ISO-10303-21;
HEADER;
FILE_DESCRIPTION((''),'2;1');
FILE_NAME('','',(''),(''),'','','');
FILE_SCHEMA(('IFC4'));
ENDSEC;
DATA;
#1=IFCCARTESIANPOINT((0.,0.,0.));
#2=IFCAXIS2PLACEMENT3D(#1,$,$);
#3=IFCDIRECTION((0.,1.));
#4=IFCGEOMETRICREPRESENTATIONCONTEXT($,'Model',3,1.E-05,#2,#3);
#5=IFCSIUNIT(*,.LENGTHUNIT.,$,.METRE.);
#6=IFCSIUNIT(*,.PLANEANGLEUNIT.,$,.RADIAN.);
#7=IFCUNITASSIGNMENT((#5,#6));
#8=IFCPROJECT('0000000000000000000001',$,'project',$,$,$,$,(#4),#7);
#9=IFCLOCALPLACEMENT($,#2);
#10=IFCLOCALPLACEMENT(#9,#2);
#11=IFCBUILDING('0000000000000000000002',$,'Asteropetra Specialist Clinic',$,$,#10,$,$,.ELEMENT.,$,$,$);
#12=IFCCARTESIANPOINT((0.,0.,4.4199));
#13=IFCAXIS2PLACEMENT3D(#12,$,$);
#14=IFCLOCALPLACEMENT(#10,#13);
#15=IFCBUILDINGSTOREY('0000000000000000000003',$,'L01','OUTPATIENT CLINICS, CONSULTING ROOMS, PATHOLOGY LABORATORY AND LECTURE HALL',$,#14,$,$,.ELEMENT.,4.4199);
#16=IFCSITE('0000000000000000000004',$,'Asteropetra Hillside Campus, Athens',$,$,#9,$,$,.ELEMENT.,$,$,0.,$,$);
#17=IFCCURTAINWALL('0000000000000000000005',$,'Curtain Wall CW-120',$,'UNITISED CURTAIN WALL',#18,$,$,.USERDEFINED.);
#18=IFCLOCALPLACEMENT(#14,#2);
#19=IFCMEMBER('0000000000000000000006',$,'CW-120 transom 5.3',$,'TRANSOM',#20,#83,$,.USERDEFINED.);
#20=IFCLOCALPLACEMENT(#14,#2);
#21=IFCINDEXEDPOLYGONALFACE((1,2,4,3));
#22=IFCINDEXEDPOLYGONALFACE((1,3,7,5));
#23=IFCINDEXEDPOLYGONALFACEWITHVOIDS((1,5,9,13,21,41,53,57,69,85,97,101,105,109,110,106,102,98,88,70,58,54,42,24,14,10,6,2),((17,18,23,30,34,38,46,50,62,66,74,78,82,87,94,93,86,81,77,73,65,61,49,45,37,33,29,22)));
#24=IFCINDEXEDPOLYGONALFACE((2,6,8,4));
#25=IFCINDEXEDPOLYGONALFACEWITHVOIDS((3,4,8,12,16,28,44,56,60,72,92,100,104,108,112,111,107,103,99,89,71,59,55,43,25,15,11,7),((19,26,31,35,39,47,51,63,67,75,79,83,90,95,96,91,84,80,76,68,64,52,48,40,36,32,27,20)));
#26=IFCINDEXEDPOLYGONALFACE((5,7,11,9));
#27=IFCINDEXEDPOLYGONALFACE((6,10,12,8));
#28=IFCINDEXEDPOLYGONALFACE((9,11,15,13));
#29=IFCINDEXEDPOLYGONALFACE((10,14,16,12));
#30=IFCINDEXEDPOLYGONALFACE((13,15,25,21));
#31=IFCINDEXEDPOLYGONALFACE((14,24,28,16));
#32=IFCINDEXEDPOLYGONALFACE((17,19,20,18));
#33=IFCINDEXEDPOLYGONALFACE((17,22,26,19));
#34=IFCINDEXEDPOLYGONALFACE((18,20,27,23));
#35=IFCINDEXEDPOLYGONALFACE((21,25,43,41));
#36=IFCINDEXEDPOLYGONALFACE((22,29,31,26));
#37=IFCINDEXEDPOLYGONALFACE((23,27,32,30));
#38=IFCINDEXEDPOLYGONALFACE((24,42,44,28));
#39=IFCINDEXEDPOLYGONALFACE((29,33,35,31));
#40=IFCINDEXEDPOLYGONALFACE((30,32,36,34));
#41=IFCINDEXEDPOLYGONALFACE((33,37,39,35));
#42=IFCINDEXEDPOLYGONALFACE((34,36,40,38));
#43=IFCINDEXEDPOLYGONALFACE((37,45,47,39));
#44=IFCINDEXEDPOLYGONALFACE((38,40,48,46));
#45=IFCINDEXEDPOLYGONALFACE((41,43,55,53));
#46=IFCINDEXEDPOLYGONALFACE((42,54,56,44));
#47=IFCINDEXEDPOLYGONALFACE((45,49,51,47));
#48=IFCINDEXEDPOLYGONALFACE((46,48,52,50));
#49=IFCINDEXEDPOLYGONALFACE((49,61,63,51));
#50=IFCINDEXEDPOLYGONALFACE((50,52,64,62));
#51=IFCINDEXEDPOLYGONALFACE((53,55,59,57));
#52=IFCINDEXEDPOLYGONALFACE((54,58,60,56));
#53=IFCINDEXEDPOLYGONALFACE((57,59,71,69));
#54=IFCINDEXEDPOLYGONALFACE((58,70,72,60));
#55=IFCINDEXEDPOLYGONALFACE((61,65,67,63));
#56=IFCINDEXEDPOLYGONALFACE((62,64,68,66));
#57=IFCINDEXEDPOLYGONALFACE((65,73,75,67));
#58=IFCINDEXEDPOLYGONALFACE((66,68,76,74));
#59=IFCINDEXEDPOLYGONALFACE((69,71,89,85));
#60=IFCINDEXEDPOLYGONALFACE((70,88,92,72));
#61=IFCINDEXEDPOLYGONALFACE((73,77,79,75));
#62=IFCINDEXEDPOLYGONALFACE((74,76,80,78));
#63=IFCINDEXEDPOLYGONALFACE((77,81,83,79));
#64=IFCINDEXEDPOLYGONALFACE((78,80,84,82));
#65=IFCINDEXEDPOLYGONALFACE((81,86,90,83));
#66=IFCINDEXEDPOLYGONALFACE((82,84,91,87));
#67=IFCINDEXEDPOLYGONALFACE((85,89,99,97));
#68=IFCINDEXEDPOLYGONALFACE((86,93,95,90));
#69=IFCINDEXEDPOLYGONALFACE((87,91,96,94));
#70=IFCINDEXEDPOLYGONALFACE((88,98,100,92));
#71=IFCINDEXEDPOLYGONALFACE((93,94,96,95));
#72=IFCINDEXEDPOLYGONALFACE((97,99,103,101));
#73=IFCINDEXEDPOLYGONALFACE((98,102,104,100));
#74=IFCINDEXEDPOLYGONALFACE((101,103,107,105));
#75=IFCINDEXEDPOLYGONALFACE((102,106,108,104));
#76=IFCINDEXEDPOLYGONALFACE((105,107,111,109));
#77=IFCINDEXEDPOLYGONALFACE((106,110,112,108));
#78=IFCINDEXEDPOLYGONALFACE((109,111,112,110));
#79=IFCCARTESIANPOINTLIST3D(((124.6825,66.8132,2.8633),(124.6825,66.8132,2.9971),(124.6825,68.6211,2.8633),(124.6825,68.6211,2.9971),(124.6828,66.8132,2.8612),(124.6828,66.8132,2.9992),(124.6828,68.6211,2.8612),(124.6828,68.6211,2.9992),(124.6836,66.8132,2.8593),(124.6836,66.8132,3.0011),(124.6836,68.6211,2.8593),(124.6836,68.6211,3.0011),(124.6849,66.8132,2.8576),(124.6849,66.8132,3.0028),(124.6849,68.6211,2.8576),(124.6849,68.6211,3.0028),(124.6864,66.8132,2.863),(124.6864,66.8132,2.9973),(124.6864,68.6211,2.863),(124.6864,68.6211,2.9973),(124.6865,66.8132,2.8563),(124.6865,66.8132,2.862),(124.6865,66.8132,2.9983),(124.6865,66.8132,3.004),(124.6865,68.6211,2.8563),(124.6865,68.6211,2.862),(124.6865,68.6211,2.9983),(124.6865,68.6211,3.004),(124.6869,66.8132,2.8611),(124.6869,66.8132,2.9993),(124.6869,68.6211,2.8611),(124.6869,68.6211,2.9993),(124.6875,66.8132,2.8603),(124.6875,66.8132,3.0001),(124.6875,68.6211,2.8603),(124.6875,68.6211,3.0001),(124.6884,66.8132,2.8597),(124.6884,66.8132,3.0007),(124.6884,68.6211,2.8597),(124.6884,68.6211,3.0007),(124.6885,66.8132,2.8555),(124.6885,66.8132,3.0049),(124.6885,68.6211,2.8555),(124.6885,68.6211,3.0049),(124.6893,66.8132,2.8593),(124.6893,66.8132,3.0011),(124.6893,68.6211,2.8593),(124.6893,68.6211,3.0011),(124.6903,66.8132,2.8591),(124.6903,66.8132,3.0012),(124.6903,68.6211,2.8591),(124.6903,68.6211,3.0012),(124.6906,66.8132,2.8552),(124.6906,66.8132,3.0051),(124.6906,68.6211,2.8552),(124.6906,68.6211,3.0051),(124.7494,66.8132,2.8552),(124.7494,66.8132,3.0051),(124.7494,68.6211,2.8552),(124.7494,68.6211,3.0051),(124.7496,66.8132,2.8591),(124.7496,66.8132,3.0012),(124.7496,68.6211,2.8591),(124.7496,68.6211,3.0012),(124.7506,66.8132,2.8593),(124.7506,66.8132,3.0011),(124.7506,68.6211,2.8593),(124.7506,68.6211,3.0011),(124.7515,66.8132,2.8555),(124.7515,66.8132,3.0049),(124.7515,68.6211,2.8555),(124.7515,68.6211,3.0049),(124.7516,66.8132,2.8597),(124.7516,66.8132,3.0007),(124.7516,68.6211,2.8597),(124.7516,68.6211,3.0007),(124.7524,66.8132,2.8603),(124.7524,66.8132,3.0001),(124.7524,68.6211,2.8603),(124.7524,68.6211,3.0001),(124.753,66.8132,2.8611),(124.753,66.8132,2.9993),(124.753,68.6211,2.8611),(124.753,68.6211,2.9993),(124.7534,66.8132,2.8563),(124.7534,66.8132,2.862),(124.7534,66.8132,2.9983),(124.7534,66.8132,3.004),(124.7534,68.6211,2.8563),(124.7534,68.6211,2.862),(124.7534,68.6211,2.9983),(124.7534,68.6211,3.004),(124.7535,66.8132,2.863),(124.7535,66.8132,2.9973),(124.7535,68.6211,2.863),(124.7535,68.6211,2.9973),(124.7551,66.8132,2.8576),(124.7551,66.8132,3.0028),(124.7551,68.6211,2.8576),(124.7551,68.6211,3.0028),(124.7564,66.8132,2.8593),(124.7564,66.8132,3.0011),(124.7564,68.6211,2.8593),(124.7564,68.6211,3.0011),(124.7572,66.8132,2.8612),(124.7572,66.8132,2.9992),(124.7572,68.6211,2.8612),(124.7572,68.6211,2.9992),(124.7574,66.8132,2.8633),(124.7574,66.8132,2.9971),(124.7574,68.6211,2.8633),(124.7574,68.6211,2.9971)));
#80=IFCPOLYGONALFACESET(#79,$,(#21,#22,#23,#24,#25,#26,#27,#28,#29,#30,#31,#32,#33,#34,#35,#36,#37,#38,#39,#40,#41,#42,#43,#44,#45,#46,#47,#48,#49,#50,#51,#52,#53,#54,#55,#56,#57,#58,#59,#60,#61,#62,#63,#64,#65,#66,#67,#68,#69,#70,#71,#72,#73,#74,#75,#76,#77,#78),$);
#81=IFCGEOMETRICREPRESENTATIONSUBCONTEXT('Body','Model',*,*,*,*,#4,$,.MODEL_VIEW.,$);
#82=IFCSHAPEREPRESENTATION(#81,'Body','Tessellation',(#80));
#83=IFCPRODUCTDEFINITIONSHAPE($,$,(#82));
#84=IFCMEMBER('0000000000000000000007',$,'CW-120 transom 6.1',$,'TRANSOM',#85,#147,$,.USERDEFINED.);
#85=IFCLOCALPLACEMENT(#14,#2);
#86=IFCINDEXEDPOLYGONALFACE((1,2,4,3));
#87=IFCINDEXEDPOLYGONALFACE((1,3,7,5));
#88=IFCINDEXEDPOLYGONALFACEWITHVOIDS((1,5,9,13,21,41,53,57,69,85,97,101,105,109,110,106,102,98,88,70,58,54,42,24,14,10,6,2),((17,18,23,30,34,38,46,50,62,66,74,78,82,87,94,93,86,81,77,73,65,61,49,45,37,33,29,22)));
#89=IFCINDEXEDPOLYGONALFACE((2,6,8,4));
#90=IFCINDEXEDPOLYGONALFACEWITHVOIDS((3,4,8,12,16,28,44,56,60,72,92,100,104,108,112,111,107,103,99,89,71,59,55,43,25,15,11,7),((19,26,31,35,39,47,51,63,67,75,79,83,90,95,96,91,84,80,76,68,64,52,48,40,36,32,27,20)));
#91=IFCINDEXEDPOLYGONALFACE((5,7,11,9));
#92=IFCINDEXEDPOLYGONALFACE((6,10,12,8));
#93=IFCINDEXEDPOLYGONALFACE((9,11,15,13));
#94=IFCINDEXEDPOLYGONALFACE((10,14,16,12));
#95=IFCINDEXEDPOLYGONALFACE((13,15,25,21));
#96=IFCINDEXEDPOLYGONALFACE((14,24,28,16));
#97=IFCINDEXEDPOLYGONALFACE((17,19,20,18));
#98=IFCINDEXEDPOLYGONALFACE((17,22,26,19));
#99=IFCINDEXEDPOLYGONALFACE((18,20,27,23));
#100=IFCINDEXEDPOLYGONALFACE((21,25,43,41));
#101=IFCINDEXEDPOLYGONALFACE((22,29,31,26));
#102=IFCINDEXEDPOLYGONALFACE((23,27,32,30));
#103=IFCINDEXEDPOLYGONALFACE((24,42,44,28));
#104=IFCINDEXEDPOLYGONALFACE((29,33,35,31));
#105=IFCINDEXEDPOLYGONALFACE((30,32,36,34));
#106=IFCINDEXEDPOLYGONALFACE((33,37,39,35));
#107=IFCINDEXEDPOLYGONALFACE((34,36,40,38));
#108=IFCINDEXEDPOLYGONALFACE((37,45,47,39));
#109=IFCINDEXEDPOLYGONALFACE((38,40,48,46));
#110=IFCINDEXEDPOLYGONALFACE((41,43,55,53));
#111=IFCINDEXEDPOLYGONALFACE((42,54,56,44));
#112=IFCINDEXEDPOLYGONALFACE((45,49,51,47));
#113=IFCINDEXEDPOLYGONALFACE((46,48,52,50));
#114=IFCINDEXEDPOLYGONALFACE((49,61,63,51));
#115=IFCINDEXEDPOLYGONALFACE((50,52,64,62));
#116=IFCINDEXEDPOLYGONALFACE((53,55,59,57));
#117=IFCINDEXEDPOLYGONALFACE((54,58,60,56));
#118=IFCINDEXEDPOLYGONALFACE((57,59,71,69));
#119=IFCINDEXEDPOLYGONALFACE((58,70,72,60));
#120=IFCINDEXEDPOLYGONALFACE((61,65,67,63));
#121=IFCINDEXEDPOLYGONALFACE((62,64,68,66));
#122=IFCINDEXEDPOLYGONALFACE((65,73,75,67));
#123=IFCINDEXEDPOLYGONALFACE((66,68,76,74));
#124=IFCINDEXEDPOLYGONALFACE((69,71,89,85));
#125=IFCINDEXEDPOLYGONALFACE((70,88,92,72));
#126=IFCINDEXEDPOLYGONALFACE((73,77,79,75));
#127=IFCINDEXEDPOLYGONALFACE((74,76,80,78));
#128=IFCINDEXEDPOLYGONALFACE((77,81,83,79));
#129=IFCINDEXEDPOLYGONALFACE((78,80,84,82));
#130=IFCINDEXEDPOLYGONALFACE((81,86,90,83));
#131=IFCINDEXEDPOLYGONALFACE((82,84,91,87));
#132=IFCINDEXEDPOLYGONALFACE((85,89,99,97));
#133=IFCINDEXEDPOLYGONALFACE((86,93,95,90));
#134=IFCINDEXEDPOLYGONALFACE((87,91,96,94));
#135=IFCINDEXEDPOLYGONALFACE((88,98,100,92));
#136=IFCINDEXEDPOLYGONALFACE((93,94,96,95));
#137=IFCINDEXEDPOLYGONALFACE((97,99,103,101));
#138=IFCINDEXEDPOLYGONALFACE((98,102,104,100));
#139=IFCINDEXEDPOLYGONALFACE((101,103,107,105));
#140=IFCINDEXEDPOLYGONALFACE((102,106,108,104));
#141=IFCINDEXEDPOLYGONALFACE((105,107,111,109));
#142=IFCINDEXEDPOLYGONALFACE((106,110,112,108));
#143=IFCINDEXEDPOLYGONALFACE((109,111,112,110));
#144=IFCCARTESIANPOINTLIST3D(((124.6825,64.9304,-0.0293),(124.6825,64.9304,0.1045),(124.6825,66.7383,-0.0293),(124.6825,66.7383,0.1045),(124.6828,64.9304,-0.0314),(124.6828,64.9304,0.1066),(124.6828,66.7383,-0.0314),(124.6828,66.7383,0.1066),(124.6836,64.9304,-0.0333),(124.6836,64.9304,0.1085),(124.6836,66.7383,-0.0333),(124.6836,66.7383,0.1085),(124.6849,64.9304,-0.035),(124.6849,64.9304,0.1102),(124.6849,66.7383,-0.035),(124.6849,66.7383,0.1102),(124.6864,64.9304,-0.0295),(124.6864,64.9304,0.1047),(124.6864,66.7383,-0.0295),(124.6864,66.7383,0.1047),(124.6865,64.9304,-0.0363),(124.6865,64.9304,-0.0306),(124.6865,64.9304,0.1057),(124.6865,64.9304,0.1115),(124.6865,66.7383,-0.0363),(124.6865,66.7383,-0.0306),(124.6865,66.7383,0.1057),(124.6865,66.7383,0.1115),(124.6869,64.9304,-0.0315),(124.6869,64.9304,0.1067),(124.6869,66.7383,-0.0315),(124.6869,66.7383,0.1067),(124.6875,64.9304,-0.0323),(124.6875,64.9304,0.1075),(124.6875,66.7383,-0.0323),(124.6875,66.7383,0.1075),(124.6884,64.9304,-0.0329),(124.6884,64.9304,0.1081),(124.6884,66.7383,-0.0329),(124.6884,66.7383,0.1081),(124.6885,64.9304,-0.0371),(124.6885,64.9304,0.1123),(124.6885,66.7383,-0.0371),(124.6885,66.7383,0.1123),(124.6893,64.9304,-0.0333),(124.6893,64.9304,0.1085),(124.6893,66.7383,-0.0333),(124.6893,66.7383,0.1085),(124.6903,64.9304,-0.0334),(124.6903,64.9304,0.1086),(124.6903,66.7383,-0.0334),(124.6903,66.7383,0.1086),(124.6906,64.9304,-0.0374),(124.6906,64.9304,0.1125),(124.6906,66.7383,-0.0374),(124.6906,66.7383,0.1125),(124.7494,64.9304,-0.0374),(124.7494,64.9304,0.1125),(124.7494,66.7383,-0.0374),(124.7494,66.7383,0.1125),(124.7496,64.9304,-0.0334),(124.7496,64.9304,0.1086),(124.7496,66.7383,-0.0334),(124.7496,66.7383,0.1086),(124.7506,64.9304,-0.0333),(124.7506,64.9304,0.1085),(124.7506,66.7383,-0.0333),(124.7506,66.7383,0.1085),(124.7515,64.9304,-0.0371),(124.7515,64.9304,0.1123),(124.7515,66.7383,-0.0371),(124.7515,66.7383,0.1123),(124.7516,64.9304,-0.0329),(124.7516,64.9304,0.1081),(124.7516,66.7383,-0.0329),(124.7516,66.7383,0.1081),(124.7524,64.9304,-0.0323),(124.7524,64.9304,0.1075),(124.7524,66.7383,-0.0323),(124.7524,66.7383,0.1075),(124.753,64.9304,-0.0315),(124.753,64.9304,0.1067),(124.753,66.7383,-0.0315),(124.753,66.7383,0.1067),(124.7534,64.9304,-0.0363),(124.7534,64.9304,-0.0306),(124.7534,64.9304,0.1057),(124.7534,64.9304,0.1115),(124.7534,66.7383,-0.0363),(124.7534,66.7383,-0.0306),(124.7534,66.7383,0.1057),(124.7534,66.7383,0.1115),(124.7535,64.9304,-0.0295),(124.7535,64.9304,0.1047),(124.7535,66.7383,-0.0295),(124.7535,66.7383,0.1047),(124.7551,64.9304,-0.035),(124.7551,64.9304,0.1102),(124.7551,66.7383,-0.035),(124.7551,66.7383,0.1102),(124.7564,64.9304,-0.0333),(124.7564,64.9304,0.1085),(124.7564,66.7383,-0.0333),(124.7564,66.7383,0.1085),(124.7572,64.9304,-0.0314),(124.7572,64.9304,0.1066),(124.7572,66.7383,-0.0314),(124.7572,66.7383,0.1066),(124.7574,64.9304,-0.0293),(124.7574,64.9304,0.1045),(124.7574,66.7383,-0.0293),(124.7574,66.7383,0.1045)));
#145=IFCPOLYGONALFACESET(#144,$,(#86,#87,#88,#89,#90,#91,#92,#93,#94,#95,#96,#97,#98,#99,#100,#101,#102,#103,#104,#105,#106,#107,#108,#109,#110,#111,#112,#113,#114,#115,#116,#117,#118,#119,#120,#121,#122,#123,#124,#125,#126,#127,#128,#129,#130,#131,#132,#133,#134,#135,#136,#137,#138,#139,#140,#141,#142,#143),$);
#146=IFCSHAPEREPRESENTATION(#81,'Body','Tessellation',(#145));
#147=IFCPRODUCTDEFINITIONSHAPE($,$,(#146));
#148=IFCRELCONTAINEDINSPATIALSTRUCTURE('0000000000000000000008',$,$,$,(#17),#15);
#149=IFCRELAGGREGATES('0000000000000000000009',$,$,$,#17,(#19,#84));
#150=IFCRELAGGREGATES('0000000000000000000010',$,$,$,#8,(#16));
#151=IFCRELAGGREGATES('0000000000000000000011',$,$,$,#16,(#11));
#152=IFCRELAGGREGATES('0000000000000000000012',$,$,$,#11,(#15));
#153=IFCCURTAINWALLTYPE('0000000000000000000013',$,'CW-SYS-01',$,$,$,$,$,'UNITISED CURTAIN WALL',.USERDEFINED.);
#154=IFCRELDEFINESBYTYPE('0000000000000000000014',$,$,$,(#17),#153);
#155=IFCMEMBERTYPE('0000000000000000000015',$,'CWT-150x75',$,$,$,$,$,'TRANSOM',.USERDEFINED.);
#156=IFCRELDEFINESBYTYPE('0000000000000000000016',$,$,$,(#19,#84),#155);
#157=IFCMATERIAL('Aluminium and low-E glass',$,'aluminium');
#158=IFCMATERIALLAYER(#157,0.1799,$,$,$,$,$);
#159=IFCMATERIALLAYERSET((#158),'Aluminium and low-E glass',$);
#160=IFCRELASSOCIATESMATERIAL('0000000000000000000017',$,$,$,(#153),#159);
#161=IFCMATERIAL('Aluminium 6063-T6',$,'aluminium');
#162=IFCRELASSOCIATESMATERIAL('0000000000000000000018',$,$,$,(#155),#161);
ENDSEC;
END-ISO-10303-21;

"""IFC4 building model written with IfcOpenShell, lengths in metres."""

from ifc_helpers import new_model, si_unit, direction, frame, origin, origin_2d, place, context, subcontext, project, spatial, hollow_rectangle, extrude, material, layer, layer_set, material_profile, profile_set, type_object, element, aggregate, save


model = new_model("IFC4")

# Units and contexts
model_context = context("Model", 3, precision=1e-05, world=origin(), true_north=direction((0.0, 1.0)))
body_context = subcontext(model_context, "Body", "Model", "MODEL_VIEW")
ifc_project = project(units=[si_unit("LENGTHUNIT", "METRE"), si_unit("PLANEANGLEUNIT", "RADIAN")], contexts=[model_context])

# Site, building, storey
site_placement = place(None, origin())
site = spatial("IfcSite", under=ifc_project, at=site_placement, Name="Asteropetra Hillside Campus, Athens", CompositionType="ELEMENT", RefElevation=0.0)
building_placement = place(site_placement, origin())
building = spatial("IfcBuilding", under=site, at=building_placement, Name="Asteropetra Specialist Clinic", CompositionType="ELEMENT")
storey_placement = place(building_placement, frame((0.0, 0.0, 4.4199)))
storey = spatial("IfcBuildingStorey", under=building, at=storey_placement, Name="L01", Description="OUTPATIENT CLINICS, CONSULTING ROOMS, PATHOLOGY LABORATORY AND LECTURE HALL", CompositionType="ELEMENT", Elevation=4.4199)

# Curtain wall, members
ifc_material_1 = material(Name="Aluminium and low-E glass", Category="aluminium")
ifc_layer_1 = layer(ifc_material_1, 0.1799)
ifc_layer_set_1 = layer_set([ifc_layer_1], Name="Aluminium and low-E glass")
curtain_wall_type = type_object("IfcCurtainWallType", Name="CW-SYS-01", ElementType="UNITISED CURTAIN WALL", PredefinedType="USERDEFINED", material=ifc_layer_set_1)
curtain_wall_placement = place(storey_placement, origin())
curtain_wall = element("IfcCurtainWall", 1, at=curtain_wall_placement, inside=storey, type_object=curtain_wall_type, Name="Curtain Wall CW-120", ObjectType="UNITISED CURTAIN WALL", PredefinedType="USERDEFINED")
ifc_material_2 = material(Name="Aluminium 6063-T6", Category="aluminium")
ifc_material_profile_1 = material_profile(ifc_material_2, hollow_rectangle(XDim=0.075, YDim=0.1499, WallThickness=0.0039, InnerFilletRadius=0.0039, OuterFilletRadius=0.0081, at=origin_2d()), Name="TRN 150x75x4.0")
ifc_profile_set_1 = profile_set([ifc_material_profile_1], Name="Aluminium 6063-T6")
member_type_1 = type_object("IfcMemberType", Name="CWT-150x75", ElementType="TRANSOM", PredefinedType="USERDEFINED", material=ifc_profile_set_1)
member_1_placement = place(storey_placement, frame((124.72, 68.6211, 2.9302), z_axis=(0.0, -1.0, 0.0), x_axis=(1.0, 0.0, 0.0)))
member_1 = element("IfcMember", 2, at=member_1_placement, type_object=member_type_1, Name="CW-120 transom 5.3", ObjectType="TRANSOM", PredefinedType="USERDEFINED", context=body_context, shape_type="SweptSolid", body=[
    extrude(hollow_rectangle(XDim=0.075, YDim=0.1499, WallThickness=0.0039, InnerFilletRadius=0.0039, OuterFilletRadius=0.0081, at=origin_2d()), origin(), (0.0, 0.0, 1.0), 1.8079),
])
member_2_placement = place(storey_placement, frame((124.72, 66.7383, 0.0376), z_axis=(0.0, -1.0, 0.0), x_axis=(1.0, 0.0, 0.0)))
member_2 = element("IfcMember", 3, at=member_2_placement, type_object=member_type_1, Name="CW-120 transom 6.1", ObjectType="TRANSOM", PredefinedType="USERDEFINED", context=body_context, shape_type="SweptSolid", body=[
    extrude(hollow_rectangle(XDim=0.075, YDim=0.1499, WallThickness=0.0039, InnerFilletRadius=0.0039, OuterFilletRadius=0.0081, at=origin_2d()), origin(), (0.0, 0.0, 1.0), 1.8079),
])
aggregate(curtain_wall, [member_1, member_2])

save(model, "model.ifc")
